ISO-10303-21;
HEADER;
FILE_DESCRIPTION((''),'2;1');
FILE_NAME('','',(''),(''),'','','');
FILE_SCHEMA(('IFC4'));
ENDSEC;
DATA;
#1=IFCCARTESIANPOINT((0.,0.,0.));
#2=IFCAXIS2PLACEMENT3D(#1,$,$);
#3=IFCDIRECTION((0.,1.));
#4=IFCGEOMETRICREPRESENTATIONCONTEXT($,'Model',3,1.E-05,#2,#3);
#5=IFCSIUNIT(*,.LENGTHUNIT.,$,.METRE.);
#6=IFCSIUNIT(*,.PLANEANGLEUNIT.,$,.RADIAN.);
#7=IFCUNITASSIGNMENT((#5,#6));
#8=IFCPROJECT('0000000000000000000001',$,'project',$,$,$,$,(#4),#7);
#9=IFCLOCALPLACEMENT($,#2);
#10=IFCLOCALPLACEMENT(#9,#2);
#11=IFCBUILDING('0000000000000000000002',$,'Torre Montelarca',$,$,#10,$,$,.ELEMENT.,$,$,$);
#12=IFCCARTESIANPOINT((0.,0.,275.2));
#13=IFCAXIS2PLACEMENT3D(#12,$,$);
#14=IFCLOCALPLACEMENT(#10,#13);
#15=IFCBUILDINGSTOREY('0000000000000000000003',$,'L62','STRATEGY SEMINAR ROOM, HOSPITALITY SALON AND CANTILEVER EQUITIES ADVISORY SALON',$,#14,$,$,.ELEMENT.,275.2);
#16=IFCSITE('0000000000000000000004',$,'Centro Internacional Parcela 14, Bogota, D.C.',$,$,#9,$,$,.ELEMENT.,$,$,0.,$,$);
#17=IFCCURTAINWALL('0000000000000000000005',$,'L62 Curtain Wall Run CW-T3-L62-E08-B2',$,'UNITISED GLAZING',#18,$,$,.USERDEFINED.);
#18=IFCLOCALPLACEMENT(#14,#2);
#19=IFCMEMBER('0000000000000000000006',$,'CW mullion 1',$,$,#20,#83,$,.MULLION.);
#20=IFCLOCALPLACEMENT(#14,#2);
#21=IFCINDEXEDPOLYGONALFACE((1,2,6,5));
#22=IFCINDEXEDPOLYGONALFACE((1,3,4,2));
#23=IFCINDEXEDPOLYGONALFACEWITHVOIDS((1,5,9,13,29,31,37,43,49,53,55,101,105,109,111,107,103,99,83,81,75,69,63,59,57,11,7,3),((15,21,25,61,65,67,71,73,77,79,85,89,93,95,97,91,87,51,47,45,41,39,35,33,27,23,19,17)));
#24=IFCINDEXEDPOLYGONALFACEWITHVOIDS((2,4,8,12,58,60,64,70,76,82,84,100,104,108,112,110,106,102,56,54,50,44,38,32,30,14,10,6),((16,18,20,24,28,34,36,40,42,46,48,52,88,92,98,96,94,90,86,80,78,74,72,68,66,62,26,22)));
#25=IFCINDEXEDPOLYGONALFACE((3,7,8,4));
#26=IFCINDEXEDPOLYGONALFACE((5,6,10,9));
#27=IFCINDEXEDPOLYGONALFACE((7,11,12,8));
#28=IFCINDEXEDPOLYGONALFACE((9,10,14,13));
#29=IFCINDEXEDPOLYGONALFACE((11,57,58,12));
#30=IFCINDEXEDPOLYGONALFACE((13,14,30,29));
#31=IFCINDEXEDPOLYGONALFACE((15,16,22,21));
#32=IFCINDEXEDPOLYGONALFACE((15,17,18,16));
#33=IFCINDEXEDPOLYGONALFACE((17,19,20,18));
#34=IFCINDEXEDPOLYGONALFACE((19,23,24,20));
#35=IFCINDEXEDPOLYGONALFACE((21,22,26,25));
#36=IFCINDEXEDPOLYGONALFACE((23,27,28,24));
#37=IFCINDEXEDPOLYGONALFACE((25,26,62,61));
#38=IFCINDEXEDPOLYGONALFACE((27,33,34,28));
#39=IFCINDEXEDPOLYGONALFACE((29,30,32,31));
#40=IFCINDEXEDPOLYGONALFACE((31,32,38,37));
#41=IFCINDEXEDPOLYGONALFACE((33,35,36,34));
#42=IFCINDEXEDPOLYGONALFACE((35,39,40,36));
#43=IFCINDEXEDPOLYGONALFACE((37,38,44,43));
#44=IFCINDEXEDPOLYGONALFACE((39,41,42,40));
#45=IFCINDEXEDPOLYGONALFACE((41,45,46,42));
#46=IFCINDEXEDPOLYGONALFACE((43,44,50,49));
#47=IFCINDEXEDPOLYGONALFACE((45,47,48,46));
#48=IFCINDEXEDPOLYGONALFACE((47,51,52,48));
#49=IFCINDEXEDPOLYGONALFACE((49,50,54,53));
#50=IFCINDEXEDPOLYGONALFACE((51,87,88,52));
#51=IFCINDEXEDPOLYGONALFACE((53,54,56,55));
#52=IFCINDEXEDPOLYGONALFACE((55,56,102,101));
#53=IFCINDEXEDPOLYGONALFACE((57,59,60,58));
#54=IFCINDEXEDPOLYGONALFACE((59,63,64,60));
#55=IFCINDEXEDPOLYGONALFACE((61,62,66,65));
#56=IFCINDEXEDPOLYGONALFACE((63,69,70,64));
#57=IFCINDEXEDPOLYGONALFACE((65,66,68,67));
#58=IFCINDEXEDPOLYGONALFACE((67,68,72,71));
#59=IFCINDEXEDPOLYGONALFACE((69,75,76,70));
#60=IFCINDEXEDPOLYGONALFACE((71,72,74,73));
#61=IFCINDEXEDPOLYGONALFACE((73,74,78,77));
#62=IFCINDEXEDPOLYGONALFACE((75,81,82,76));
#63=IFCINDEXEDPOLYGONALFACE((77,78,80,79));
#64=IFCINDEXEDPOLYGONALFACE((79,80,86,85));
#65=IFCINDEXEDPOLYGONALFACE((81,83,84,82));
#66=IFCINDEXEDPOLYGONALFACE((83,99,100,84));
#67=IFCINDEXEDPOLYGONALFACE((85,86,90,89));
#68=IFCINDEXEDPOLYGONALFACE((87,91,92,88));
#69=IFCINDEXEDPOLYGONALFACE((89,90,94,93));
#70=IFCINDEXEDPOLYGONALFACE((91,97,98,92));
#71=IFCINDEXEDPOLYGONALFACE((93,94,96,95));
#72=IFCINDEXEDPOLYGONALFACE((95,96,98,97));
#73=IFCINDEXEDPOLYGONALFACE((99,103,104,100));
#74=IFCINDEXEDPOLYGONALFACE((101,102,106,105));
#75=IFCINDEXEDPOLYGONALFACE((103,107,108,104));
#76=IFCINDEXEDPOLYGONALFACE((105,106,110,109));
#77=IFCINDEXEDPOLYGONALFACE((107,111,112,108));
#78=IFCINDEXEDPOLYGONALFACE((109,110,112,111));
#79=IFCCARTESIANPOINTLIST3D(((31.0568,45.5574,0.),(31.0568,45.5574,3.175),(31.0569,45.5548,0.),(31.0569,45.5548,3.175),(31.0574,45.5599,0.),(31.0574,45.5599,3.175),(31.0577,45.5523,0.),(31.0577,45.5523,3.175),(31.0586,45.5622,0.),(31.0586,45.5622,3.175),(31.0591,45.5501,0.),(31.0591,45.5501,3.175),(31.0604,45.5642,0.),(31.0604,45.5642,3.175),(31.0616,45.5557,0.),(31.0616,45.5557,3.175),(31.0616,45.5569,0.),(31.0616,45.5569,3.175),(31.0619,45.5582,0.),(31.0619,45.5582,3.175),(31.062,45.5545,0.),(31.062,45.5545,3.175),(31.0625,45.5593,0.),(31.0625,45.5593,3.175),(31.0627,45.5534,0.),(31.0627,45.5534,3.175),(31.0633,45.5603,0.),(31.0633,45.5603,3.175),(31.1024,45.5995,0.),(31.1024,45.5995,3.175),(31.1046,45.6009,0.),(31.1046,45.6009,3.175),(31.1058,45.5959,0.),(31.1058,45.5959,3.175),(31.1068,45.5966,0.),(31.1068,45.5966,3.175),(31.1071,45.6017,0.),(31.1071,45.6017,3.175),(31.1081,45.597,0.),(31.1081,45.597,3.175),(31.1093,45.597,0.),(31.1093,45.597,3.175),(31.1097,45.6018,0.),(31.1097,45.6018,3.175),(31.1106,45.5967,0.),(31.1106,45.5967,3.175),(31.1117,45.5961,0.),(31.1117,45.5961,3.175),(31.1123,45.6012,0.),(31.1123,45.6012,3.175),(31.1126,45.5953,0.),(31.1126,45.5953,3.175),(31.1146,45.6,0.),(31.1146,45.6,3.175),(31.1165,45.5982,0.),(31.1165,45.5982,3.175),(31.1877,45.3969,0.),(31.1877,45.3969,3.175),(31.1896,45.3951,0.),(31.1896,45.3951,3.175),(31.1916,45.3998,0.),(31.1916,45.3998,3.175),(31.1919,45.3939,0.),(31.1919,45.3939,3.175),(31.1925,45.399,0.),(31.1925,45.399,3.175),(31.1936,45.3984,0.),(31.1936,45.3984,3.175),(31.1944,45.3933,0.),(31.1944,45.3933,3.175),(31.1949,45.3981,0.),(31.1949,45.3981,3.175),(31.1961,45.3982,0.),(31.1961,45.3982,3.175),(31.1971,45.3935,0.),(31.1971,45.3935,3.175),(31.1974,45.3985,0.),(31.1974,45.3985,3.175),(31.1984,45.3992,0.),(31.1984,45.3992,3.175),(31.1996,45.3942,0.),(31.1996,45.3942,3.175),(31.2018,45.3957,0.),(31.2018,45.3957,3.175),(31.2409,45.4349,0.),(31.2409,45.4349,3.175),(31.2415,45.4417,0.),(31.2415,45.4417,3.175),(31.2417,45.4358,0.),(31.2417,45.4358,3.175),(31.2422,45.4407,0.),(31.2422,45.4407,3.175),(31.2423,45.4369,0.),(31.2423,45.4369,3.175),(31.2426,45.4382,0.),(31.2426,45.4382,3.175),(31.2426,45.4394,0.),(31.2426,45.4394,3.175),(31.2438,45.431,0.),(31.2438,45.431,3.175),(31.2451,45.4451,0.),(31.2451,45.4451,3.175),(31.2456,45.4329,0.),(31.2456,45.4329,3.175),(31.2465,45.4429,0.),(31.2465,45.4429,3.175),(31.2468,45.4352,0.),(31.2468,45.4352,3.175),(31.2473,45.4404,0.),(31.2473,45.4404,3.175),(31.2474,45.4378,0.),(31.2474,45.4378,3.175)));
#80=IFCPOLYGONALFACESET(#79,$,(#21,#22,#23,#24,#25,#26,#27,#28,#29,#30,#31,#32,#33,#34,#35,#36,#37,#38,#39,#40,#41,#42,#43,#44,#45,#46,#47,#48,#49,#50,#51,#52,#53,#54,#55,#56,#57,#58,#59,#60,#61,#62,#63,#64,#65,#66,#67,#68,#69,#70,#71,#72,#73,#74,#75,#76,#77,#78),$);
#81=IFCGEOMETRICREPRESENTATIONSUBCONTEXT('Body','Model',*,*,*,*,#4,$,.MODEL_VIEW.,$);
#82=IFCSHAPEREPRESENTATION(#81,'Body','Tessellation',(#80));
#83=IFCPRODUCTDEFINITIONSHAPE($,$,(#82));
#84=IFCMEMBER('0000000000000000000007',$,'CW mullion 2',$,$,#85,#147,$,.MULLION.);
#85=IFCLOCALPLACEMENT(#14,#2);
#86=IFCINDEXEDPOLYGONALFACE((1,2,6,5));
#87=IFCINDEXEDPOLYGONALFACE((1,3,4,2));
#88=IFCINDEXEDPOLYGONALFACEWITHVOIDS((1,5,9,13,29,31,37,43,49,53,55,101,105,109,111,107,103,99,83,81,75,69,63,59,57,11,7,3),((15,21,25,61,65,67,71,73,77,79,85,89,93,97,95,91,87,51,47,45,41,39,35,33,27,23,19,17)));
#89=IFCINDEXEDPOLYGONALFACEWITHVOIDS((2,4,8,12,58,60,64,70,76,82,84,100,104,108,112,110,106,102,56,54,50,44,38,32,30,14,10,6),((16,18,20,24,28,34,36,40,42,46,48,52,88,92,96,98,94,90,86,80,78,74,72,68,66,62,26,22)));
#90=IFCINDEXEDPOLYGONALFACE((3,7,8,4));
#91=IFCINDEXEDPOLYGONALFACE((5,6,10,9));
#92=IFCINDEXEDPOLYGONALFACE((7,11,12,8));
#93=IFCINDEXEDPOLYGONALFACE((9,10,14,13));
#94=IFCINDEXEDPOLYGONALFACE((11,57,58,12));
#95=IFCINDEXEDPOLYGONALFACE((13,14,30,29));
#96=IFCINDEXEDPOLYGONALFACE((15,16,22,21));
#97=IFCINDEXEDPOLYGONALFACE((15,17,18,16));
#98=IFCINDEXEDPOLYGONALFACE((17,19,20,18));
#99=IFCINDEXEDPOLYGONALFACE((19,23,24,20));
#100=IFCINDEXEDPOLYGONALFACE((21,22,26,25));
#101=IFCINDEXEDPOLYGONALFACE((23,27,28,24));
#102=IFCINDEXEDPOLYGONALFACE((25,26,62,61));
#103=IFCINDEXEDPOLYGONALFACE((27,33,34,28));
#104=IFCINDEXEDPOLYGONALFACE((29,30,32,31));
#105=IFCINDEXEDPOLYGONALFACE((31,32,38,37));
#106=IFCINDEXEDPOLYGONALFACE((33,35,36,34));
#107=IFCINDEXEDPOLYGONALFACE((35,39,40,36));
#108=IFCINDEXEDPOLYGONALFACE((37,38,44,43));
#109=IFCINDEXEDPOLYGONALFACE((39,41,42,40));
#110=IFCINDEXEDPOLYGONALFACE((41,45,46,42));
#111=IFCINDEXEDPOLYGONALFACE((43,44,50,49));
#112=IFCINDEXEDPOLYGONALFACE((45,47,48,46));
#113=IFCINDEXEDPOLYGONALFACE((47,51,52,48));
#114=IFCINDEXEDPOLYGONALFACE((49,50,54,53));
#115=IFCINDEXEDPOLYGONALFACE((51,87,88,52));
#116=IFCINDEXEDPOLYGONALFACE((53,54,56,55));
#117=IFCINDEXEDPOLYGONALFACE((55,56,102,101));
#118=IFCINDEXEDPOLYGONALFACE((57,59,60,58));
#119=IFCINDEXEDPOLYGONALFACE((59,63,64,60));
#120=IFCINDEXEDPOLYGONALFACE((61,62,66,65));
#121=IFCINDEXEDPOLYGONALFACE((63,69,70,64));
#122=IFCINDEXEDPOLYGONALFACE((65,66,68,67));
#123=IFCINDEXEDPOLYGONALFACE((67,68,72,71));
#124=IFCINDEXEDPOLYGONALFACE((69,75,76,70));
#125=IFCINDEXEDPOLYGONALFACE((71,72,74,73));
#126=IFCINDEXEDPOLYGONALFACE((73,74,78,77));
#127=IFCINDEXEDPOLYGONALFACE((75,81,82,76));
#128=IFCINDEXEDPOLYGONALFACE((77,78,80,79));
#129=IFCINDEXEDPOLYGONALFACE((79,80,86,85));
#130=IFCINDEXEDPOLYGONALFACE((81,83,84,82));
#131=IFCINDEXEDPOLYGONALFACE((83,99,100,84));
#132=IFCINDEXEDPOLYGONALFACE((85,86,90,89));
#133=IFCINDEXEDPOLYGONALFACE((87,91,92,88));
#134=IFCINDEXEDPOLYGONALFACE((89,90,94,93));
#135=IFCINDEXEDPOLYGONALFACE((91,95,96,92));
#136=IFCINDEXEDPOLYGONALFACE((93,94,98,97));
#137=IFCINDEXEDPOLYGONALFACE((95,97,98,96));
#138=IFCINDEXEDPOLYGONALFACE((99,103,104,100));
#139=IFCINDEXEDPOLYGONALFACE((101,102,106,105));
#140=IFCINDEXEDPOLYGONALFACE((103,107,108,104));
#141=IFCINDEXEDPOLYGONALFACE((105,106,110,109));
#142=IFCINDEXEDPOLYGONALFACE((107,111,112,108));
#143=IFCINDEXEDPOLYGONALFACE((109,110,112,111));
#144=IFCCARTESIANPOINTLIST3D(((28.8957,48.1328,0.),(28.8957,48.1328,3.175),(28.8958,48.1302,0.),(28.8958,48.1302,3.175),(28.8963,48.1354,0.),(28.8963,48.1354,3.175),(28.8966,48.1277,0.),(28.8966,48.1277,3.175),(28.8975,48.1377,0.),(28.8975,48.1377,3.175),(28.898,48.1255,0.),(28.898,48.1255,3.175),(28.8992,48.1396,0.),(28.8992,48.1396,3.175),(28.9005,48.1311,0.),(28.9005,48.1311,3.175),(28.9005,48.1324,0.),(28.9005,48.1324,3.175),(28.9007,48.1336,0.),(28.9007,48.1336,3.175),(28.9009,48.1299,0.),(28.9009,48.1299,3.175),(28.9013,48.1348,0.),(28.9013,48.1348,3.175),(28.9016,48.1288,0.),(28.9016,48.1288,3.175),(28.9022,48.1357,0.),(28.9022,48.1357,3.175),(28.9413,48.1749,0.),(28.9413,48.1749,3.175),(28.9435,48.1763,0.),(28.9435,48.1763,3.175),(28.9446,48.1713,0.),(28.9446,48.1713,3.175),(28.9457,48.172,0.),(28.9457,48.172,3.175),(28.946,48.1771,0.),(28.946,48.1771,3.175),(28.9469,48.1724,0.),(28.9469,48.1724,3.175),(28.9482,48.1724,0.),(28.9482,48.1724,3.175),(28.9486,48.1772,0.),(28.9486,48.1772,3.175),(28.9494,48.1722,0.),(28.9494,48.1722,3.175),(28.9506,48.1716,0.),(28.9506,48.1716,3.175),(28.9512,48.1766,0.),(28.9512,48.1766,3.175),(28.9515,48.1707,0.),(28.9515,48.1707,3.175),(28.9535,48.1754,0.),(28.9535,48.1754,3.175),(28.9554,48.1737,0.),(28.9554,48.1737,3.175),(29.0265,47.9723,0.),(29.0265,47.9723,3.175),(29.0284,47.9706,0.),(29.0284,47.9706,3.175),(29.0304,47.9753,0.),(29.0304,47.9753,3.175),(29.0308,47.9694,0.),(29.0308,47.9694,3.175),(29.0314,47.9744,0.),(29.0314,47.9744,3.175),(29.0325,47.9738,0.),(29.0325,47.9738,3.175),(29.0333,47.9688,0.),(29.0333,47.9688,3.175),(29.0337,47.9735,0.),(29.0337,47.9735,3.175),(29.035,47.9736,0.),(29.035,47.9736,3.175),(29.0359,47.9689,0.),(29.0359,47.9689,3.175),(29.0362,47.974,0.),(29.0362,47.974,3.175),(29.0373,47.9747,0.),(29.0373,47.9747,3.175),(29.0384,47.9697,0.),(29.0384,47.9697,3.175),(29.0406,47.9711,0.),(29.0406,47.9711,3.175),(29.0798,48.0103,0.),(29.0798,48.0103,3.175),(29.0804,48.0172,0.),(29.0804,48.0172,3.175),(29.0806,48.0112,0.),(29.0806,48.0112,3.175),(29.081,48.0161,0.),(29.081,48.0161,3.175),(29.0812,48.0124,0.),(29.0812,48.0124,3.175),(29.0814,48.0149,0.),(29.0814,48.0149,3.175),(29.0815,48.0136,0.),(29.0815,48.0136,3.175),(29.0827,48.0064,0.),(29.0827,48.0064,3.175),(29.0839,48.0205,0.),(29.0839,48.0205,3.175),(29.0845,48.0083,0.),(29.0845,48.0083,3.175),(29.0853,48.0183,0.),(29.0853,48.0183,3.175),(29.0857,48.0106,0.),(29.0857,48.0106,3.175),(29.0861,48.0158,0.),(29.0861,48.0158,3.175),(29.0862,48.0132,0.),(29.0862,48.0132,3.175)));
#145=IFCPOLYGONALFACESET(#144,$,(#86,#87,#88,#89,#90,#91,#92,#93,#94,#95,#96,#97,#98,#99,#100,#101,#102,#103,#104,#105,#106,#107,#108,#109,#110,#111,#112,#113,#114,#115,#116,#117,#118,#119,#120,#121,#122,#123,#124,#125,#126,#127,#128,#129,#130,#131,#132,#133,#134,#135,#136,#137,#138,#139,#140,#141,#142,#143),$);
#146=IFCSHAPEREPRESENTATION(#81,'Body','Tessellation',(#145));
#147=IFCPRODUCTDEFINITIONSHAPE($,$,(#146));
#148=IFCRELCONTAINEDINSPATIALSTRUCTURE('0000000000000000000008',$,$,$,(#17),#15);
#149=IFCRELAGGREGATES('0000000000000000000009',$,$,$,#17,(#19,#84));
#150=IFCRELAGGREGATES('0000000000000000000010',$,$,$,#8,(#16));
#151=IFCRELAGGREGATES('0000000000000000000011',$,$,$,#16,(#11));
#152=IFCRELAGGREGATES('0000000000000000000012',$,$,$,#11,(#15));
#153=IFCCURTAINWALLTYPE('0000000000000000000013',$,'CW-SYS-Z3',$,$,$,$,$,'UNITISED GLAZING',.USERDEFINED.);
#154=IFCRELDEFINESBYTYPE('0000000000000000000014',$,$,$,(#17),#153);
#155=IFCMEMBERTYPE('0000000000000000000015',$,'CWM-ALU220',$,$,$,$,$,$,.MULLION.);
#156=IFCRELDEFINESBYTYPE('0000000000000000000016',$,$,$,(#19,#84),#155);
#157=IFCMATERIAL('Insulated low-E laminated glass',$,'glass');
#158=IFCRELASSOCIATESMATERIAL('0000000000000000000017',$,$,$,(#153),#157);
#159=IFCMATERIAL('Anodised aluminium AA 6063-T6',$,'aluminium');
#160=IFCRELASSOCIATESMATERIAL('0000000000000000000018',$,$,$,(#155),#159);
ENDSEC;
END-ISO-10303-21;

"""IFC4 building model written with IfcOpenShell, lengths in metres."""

from ifc_helpers import new_model, si_unit, direction, frame, origin, origin_2d, place, context, subcontext, project, spatial, hollow_rectangle, extrude, source, transform, mapped, material, material_profile, profile_set, type_object, element, aggregate, save


model = new_model("IFC4")

# Units and contexts
model_context = context("Model", 3, precision=1e-05, world=origin(), true_north=direction((0.0, 1.0)))
body_context = subcontext(model_context, "Body", "Model", "MODEL_VIEW")
ifc_project = project(units=[si_unit("LENGTHUNIT", "METRE"), si_unit("PLANEANGLEUNIT", "RADIAN")], contexts=[model_context])

# Site, building, storey
site_placement = place(None, origin())
site = spatial("IfcSite", under=ifc_project, at=site_placement, Name="Centro Internacional Parcela 14, Bogota, D.C.", CompositionType="ELEMENT", RefElevation=0.0)
building_placement = place(site_placement, origin())
building = spatial("IfcBuilding", under=site, at=building_placement, Name="Torre Montelarca", CompositionType="ELEMENT")
storey_placement = place(building_placement, frame((0.0, 0.0, 275.2)))
storey = spatial("IfcBuildingStorey", under=building, at=storey_placement, Name="L62", Description="STRATEGY SEMINAR ROOM, HOSPITALITY SALON AND CANTILEVER EQUITIES ADVISORY SALON", CompositionType="ELEMENT", Elevation=275.2)

# Shared definitions
ifc_material_1 = material(Name="Insulated low-E laminated glass", Category="glass")
curtain_wall_type = type_object("IfcCurtainWallType", Name="CW-SYS-Z3", ElementType="UNITISED GLAZING", PredefinedType="USERDEFINED", material=ifc_material_1)
ifc_material_2 = material(Name="Anodised aluminium AA 6063-T6", Category="aluminium")
ifc_material_profile_1 = material_profile(ifc_material_2, hollow_rectangle(XDim=0.075, YDim=0.22, WallThickness=0.0049, InnerFilletRadius=0.0049, OuterFilletRadius=0.01, at=origin_2d()), Name="ALU75X220X5", Category="aluminium")
ifc_profile_set_1 = profile_set([ifc_material_profile_1], Name="Anodised aluminium AA 6063-T6")
member_type_1 = type_object("IfcMemberType", Name="CWM-ALU220", PredefinedType="MULLION", material=ifc_profile_set_1)

# Curtain wall, members
shared_shape_1 = source(origin(), body_context, "Body", "SweptSolid", [
    extrude(hollow_rectangle(XDim=0.075, YDim=0.22, WallThickness=0.0049, InnerFilletRadius=0.0049, OuterFilletRadius=0.01, at=origin_2d()), origin(), (0.0, 0.0, 1.0), 3.175),
])
curtain_wall_1_placement = place(storey_placement, origin())
curtain_wall_1 = element("IfcCurtainWall", 1, at=curtain_wall_1_placement, inside=storey, type_object=curtain_wall_type, Name="L62 Curtain Wall Run CW-T3-L62-E08-B2", ObjectType="UNITISED GLAZING", PredefinedType="USERDEFINED")
member_1_placement = place(storey_placement, frame((31.1521, 45.4976, 0.0), z_axis=(0.0, 0.0, 1.0), x_axis=(-0.766047, -0.642785, 0.0)))
member_1 = element("IfcMember", 2, at=member_1_placement, type_object=member_type_1, Name="CW mullion 1", PredefinedType="MULLION", context=body_context, shape_type="MappedRepresentation", body=[
    mapped(shared_shape_1, transform((0.0, 0.0, 0.0), scale=1.0)),
])
member_2_placement = place(storey_placement, frame((28.991, 48.073, 0.0), z_axis=(0.0, 0.0, 1.0), x_axis=(-0.766047, -0.642785, 0.0)))
member_2 = element("IfcMember", 3, at=member_2_placement, type_object=member_type_1, Name="CW mullion 2", PredefinedType="MULLION", context=body_context, shape_type="MappedRepresentation", body=[
    mapped(shared_shape_1, transform((0.0, 0.0, 0.0), scale=1.0)),
])

aggregate(curtain_wall_1, [member_1, member_2])

save(model, "model.ifc")
